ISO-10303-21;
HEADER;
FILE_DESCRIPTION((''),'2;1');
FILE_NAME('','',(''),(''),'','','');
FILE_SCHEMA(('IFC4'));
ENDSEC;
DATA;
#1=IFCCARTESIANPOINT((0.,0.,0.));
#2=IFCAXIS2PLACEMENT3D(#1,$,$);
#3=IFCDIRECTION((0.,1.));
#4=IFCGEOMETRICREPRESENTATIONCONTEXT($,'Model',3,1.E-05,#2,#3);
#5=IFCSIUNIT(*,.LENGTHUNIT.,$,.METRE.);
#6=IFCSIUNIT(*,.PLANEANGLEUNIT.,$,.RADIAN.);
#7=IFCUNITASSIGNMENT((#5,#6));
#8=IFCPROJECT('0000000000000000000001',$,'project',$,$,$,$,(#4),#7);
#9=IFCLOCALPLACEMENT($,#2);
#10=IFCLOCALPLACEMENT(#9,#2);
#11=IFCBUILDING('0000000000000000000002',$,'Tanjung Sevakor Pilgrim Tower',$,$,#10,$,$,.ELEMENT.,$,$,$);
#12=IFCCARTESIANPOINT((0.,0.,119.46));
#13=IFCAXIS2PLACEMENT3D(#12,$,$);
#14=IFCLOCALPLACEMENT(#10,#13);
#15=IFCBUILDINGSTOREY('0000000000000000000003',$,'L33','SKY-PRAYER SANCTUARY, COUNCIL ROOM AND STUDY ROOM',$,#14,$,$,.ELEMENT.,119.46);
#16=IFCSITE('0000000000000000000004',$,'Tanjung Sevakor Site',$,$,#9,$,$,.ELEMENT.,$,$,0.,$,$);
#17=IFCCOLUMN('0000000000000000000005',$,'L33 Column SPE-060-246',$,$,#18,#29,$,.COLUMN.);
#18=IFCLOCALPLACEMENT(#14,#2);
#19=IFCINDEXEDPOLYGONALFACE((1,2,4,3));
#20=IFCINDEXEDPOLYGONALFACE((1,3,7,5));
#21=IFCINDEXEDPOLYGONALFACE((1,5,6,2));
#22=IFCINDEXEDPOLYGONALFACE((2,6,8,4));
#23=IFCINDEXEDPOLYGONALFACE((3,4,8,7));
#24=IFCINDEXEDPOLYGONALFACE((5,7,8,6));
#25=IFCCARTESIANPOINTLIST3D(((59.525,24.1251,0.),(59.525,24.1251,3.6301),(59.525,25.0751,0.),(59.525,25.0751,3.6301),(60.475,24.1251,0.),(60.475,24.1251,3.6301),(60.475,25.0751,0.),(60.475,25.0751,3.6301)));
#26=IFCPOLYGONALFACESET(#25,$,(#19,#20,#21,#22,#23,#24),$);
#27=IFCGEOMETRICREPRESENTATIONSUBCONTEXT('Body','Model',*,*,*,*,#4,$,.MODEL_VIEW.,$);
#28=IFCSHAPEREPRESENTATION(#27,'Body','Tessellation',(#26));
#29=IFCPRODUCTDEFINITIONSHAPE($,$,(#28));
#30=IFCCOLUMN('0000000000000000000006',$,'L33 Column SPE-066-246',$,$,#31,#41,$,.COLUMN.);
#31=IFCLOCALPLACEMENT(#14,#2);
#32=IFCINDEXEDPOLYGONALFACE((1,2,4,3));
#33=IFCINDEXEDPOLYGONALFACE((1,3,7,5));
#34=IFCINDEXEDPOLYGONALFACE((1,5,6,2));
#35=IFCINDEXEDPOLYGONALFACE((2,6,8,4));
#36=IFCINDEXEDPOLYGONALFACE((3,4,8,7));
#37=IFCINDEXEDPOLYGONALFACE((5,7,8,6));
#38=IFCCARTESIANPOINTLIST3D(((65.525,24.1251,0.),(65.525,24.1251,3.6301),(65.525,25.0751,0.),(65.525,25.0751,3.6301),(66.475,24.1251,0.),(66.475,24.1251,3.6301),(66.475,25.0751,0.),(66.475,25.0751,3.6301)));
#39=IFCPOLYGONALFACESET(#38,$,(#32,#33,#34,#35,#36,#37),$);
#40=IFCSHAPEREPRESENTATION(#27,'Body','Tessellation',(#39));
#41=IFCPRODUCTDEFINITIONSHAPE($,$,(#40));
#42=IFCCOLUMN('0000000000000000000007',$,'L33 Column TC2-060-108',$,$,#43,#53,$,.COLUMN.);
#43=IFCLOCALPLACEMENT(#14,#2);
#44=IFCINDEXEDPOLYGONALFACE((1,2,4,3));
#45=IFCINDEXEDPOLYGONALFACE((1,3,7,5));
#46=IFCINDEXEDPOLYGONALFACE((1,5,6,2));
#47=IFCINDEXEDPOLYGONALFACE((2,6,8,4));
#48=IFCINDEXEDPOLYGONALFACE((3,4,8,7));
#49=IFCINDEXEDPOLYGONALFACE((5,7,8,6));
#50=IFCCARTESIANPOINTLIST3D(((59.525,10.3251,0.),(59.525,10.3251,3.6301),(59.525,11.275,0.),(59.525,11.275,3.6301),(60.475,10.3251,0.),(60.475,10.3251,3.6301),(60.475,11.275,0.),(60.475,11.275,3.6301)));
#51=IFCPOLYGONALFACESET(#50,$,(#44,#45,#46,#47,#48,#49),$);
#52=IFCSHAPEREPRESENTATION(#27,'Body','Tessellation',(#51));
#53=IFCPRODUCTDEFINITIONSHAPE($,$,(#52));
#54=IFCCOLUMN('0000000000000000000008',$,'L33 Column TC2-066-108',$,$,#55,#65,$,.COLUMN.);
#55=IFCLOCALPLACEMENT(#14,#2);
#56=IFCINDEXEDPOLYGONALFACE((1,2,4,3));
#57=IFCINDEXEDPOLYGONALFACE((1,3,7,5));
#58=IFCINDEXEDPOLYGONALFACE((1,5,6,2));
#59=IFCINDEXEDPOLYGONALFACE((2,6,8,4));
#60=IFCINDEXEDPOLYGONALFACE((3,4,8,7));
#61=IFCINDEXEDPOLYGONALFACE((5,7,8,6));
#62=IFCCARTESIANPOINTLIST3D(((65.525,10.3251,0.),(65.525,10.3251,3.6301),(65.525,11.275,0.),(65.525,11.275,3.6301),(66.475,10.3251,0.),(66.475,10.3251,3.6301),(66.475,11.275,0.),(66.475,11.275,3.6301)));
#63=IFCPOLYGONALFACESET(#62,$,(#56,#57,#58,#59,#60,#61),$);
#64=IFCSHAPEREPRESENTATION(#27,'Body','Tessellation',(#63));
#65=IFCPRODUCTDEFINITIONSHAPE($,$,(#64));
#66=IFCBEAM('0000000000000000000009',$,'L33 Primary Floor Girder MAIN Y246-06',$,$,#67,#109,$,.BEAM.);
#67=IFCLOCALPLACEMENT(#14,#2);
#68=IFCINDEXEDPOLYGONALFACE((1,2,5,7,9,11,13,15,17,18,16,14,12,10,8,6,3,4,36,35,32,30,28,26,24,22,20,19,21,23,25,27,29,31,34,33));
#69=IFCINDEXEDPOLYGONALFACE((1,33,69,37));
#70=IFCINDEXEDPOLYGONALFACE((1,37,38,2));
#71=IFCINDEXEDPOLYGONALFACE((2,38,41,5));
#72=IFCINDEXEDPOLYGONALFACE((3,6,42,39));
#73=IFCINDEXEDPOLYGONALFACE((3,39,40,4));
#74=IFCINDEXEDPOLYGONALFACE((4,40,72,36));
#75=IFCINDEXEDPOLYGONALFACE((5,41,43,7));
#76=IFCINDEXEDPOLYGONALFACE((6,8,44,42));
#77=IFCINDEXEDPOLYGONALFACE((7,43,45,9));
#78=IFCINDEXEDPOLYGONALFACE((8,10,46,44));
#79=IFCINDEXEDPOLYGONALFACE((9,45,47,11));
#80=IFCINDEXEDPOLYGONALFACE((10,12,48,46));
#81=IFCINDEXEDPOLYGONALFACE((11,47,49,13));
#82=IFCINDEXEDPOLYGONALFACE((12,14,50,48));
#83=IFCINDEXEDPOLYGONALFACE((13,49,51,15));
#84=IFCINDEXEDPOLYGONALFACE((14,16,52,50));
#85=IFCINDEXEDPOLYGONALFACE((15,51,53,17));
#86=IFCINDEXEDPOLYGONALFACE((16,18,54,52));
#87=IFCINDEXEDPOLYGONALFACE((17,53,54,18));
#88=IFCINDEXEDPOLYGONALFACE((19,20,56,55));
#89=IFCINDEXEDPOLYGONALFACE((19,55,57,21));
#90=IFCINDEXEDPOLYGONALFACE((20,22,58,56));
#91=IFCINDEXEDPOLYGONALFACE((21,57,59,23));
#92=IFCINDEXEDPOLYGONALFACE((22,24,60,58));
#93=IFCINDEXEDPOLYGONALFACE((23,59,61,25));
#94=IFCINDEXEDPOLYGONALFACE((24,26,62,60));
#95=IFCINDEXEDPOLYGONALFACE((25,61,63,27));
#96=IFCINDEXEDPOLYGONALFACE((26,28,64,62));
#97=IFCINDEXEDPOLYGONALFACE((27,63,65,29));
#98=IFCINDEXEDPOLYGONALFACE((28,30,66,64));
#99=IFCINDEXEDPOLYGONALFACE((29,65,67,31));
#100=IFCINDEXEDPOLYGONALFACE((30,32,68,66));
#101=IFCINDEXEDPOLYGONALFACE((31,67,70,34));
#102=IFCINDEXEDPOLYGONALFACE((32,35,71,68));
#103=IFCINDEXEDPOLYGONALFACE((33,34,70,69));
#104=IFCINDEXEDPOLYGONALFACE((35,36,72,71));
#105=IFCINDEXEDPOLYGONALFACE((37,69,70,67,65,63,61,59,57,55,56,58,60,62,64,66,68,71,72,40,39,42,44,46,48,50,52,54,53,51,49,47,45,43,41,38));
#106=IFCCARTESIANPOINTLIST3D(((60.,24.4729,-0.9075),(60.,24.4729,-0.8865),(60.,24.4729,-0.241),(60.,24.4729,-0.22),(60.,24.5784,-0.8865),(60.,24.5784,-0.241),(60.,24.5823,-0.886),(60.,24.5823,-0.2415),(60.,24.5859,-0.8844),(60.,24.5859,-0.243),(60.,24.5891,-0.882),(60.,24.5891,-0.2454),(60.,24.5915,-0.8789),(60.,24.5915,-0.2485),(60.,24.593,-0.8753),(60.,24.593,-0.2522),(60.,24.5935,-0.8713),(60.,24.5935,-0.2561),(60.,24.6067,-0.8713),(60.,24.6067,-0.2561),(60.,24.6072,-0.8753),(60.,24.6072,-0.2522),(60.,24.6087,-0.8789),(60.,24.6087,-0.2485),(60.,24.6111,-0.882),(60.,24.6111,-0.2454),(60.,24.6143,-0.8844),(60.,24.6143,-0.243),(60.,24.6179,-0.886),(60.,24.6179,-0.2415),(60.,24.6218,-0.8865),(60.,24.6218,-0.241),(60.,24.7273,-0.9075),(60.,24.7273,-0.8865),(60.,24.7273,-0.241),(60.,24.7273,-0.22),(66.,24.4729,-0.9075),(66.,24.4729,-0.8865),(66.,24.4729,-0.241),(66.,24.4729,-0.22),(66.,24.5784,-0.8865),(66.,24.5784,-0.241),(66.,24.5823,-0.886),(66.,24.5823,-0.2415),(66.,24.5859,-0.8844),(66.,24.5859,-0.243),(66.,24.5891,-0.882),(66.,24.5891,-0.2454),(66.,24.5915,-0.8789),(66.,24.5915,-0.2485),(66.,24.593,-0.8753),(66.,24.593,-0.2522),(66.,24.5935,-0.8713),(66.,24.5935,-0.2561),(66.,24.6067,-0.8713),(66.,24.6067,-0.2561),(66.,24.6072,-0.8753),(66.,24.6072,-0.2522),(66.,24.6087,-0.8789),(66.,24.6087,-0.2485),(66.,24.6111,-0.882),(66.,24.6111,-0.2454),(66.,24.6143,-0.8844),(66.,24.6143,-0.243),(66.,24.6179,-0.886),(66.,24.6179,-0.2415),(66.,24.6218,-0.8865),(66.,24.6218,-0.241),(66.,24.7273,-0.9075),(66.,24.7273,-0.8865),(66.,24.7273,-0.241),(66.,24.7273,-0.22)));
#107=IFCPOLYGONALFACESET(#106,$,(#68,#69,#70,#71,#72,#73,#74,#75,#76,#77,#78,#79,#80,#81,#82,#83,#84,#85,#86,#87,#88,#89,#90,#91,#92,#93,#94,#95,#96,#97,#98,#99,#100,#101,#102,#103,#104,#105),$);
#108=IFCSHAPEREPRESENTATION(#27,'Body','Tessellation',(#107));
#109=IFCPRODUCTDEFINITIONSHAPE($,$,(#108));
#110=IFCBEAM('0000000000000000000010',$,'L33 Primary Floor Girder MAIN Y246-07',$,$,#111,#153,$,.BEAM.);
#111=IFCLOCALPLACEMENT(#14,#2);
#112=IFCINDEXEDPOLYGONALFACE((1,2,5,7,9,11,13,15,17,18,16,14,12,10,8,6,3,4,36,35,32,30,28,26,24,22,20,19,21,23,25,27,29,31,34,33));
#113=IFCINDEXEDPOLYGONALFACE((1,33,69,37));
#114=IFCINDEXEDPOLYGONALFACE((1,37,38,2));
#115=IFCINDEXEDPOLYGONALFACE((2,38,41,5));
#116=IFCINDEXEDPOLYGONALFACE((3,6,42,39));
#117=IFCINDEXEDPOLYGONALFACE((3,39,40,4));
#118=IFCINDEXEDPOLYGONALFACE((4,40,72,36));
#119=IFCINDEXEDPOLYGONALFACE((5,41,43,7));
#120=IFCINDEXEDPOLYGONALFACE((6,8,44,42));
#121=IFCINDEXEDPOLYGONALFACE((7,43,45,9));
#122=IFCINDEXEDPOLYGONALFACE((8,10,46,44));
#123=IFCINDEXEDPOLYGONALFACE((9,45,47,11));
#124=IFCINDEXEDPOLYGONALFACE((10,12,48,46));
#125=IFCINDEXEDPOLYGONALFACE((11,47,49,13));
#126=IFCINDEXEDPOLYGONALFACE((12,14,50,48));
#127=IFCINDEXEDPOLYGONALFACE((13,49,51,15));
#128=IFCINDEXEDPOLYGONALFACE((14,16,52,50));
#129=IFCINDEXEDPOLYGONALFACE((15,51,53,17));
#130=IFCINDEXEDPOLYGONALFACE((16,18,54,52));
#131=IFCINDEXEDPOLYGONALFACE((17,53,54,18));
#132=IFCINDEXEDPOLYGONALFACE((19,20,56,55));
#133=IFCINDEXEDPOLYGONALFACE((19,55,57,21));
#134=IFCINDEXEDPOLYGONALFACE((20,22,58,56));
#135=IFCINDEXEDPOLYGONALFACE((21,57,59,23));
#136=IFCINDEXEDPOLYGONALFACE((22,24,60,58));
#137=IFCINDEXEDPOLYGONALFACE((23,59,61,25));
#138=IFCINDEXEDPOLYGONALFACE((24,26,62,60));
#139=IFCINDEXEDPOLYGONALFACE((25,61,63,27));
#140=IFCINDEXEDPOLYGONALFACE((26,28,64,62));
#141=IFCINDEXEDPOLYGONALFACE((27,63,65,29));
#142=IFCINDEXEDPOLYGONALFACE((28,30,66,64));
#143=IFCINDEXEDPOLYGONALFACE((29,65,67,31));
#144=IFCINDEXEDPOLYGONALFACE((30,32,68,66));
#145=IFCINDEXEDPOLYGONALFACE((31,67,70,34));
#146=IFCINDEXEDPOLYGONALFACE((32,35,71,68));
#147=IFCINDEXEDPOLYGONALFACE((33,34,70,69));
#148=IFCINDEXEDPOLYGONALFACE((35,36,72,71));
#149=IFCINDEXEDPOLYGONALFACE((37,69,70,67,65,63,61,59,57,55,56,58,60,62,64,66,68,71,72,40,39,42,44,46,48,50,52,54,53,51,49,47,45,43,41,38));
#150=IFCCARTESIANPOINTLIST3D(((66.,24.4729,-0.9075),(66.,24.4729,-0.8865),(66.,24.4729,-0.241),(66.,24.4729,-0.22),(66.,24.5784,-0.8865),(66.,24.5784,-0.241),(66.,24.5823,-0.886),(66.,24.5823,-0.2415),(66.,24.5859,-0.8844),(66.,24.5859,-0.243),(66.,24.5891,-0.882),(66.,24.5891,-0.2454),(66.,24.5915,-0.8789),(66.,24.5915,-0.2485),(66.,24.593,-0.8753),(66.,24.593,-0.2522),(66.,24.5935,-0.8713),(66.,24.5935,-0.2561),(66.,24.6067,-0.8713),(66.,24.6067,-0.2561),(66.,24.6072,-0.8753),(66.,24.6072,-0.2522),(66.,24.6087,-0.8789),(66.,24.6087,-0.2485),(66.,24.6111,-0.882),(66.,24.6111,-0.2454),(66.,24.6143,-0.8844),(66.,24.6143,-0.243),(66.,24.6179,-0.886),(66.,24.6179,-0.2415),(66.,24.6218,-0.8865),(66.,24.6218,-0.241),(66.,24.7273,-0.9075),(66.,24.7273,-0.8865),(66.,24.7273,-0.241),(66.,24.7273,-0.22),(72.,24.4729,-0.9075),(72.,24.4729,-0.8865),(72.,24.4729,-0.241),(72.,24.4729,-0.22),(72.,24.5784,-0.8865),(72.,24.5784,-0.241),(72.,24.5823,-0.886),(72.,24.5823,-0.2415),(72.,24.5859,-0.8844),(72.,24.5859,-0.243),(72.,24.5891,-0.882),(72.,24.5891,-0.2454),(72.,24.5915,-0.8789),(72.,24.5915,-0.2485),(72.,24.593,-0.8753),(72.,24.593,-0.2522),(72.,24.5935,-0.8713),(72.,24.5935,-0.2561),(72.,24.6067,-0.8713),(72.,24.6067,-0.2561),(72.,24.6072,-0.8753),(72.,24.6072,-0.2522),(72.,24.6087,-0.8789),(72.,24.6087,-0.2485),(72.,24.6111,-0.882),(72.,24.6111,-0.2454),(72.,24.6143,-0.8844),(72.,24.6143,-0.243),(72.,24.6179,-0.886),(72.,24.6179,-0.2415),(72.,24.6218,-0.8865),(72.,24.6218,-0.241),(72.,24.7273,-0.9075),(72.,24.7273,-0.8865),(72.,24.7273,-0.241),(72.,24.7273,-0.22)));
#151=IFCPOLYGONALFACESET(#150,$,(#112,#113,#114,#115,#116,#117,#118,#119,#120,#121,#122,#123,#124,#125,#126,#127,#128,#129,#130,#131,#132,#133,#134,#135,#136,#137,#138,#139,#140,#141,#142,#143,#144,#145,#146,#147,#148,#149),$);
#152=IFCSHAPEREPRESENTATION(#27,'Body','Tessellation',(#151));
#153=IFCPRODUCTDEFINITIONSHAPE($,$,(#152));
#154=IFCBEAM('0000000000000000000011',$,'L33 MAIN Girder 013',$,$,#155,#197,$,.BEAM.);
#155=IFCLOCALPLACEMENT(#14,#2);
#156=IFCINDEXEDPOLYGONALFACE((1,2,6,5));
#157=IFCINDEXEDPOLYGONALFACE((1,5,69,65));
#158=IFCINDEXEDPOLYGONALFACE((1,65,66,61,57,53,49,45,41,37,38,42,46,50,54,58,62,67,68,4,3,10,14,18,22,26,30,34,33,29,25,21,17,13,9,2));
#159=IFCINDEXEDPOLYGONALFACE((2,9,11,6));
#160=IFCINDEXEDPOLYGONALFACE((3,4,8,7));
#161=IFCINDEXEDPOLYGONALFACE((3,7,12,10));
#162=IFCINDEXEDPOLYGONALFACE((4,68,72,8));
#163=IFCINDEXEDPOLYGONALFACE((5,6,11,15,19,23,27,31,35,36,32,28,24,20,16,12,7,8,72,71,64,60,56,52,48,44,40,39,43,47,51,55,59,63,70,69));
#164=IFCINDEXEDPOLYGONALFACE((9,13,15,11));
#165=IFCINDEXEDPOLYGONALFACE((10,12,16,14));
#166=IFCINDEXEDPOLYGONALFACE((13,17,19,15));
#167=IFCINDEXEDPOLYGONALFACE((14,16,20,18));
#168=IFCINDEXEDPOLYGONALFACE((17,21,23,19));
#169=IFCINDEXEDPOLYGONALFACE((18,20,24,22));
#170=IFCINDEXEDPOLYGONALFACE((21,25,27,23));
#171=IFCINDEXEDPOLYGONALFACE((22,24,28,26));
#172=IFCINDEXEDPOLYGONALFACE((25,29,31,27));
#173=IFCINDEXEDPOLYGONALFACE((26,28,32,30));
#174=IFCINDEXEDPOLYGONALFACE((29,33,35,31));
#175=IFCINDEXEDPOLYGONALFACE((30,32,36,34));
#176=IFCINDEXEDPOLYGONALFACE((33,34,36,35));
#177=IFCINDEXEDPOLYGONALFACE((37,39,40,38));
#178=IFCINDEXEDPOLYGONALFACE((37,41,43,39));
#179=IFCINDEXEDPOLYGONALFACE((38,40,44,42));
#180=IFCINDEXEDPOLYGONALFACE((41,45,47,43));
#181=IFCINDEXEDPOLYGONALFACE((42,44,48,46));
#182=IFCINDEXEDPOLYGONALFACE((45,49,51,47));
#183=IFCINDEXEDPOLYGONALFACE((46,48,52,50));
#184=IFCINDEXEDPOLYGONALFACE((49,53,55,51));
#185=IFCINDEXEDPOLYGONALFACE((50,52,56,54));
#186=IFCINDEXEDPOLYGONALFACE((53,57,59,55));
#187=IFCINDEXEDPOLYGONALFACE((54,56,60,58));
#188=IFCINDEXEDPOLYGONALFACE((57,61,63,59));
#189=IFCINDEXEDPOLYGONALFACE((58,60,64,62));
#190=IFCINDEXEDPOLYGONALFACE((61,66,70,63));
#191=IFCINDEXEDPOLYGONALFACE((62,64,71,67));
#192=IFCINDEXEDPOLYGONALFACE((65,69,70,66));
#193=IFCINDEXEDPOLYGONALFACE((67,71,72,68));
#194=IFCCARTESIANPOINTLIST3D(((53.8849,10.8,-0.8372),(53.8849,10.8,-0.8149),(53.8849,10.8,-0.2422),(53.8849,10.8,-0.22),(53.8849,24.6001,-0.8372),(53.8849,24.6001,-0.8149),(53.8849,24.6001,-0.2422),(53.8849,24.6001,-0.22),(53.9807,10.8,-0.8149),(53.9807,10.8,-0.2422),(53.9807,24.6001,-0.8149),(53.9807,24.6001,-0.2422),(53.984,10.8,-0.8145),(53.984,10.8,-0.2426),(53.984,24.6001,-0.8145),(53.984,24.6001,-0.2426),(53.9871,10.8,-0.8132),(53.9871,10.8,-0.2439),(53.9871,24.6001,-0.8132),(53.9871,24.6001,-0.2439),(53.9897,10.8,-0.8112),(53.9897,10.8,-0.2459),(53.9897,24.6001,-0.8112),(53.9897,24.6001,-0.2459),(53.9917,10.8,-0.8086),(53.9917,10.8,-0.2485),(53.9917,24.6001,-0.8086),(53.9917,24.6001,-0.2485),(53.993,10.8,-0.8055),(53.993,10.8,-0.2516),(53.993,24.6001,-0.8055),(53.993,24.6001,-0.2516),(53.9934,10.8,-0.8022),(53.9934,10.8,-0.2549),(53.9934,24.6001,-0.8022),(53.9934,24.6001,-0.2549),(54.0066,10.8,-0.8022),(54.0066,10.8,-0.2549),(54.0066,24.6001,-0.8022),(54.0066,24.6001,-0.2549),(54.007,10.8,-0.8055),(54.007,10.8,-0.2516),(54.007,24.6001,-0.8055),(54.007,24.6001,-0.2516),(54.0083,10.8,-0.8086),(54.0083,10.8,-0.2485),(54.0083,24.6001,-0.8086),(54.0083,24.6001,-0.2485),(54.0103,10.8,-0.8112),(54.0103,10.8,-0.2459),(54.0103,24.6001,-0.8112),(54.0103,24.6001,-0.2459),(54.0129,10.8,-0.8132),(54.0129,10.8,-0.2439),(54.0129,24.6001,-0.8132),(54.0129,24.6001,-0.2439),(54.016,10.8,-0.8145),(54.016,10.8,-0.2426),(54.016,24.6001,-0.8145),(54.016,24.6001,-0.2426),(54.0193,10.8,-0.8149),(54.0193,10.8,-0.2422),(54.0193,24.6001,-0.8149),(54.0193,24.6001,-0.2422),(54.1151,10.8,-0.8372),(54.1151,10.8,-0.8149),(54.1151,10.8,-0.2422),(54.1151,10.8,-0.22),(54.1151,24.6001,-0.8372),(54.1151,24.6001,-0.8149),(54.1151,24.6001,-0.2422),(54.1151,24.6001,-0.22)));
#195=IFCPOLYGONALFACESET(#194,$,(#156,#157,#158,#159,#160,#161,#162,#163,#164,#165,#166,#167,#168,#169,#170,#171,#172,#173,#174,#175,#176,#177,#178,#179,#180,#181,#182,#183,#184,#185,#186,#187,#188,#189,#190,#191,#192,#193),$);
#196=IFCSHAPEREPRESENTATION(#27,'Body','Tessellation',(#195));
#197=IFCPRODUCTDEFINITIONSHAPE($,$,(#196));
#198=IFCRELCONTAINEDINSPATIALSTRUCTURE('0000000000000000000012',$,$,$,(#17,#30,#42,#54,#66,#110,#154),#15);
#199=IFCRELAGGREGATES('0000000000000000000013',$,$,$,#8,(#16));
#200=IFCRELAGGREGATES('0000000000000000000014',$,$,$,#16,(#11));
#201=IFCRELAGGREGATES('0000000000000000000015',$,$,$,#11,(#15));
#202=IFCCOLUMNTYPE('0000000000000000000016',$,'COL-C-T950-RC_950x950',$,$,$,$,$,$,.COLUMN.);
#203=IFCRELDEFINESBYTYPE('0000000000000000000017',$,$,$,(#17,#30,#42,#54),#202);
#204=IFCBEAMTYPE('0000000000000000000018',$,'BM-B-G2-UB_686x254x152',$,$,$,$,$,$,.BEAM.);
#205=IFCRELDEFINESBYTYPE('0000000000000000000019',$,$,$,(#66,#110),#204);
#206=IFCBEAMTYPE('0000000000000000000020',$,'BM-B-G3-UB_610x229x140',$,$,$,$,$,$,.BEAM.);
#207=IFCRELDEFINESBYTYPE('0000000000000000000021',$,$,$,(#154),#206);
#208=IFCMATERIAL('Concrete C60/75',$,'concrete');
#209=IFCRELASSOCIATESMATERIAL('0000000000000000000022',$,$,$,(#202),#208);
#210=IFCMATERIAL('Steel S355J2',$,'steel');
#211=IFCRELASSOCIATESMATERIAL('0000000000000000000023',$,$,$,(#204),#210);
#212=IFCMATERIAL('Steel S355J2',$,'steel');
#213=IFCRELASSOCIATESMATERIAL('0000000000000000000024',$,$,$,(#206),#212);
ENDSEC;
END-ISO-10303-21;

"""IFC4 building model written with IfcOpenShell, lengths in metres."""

from ifc_helpers import new_model, si_unit, direction, frame, origin, origin_2d, place, context, subcontext, project, spatial, rectangle, i_section, extrude, material, material_profile, profile_set, type_object, element, save


model = new_model("IFC4")

# Units and contexts
model_context = context("Model", 3, precision=1e-05, world=origin(), true_north=direction((0.0, 1.0)))
body_context = subcontext(model_context, "Body", "Model", "MODEL_VIEW")
ifc_project = project(units=[si_unit("LENGTHUNIT", "METRE"), si_unit("PLANEANGLEUNIT", "RADIAN")], contexts=[model_context])

# Site, building, storey
site_placement = place(None, origin())
site = spatial("IfcSite", under=ifc_project, at=site_placement, Name="Tanjung Sevakor Site", CompositionType="ELEMENT", RefElevation=0.0)
building_placement = place(site_placement, origin())
building = spatial("IfcBuilding", under=site, at=building_placement, Name="Tanjung Sevakor Pilgrim Tower", CompositionType="ELEMENT")
storey_placement = place(building_placement, frame((0.0, 0.0, 119.46)))
storey = spatial("IfcBuildingStorey", under=building, at=storey_placement, Name="L33", Description="SKY-PRAYER SANCTUARY, COUNCIL ROOM AND STUDY ROOM", CompositionType="ELEMENT", Elevation=119.46)

# Columns
ifc_material_1 = material(Name="Concrete C60/75", Category="concrete")
ifc_material_profile_1 = material_profile(ifc_material_1, rectangle(XDim=0.95, YDim=0.95, at=origin_2d()))
ifc_profile_set_1 = profile_set([ifc_material_profile_1], Name="Concrete C60/75")
column_type = type_object("IfcColumnType", Name="COL-C-T950-RC_950x950", PredefinedType="COLUMN", material=ifc_profile_set_1)
for number, where, z_axis, x_axis, name in (
    (1, (60.0, 24.6001, 0.0), (0.0, 0.0, 1.0), (1.0, 0.0, 0.0), "L33 Column SPE-060-246"),
    (2, (66.0, 24.6001, 0.0), (0.0, 0.0, 1.0), (1.0, 0.0, 0.0), "L33 Column SPE-066-246"),
    (3, (60.0, 10.8, 0.0), (0.0, 0.0, 1.0), (1.0, 0.0, 0.0), "L33 Column TC2-060-108"),
    (4, (66.0, 10.8, 0.0), (0.0, 0.0, 1.0), (1.0, 0.0, 0.0), "L33 Column TC2-066-108"),
):
    element("IfcColumn", number, at=place(storey_placement, frame(where, z_axis=z_axis, x_axis=x_axis)), inside=storey, type_object=column_type, Name=name, PredefinedType="COLUMN", context=body_context, shape_type="SweptSolid", body=[
        extrude(rectangle(XDim=0.95, YDim=0.95, at=origin_2d()), origin(), (0.0, 0.0, 1.0), 3.6301),
    ])

# Beams
ifc_material_2 = material(Name="Steel S355J2", Category="steel")
ifc_material_profile_2 = material_profile(ifc_material_2, i_section(OverallWidth=0.2544, OverallDepth=0.6875, WebThickness=0.0132, FlangeThickness=0.021, FilletRadius=0.0151, at=origin_2d()))
ifc_profile_set_2 = profile_set([ifc_material_profile_2], Name="Steel S355J2")
beam_type_1 = type_object("IfcBeamType", Name="BM-B-G2-UB_686x254x152", PredefinedType="BEAM", material=ifc_profile_set_2)
for number, where, z_axis, x_axis, name in (
    (5, (60.0, 24.6001, -0.5637), (1.0, 0.0, 0.0), (0.0, 1.0, 0.0), "L33 Primary Floor Girder MAIN Y246-06"),
    (6, (66.0, 24.6001, -0.5637), (1.0, 0.0, 0.0), (0.0, 1.0, 0.0), "L33 Primary Floor Girder MAIN Y246-07"),
):
    element("IfcBeam", number, at=place(storey_placement, frame(where, z_axis=z_axis, x_axis=x_axis)), inside=storey, type_object=beam_type_1, Name=name, PredefinedType="BEAM", context=body_context, shape_type="SweptSolid", body=[
        extrude(i_section(OverallWidth=0.2544, OverallDepth=0.6875, WebThickness=0.0132, FlangeThickness=0.021, FilletRadius=0.0151, at=origin_2d()), origin(), (0.0, 0.0, 1.0), 6.0),
    ])
ifc_material_3 = material(Name="Steel S355J2", Category="steel")
ifc_material_profile_3 = material_profile(ifc_material_3, i_section(OverallWidth=0.2302, OverallDepth=0.6172, WebThickness=0.0132, FlangeThickness=0.0222, FilletRadius=0.0127, at=origin_2d()))
ifc_profile_set_3 = profile_set([ifc_material_profile_3], Name="Steel S355J2")
beam_type_2 = type_object("IfcBeamType", Name="BM-B-G3-UB_610x229x140", PredefinedType="BEAM", material=ifc_profile_set_3)
beam_1_placement = place(storey_placement, frame((54.0, 10.8, -0.5286), z_axis=(0.0, 1.0, 0.0), x_axis=(-1.0, 0.0, 0.0)))
element("IfcBeam", 7, at=beam_1_placement, inside=storey, type_object=beam_type_2, Name="L33 MAIN Girder 013", PredefinedType="BEAM", context=body_context, shape_type="SweptSolid", body=[
    extrude(i_section(OverallWidth=0.2302, OverallDepth=0.6172, WebThickness=0.0132, FlangeThickness=0.0222, FilletRadius=0.0127, at=origin_2d()), origin(), (0.0, 0.0, 1.0), 13.8),
])

save(model, "model.ifc")
